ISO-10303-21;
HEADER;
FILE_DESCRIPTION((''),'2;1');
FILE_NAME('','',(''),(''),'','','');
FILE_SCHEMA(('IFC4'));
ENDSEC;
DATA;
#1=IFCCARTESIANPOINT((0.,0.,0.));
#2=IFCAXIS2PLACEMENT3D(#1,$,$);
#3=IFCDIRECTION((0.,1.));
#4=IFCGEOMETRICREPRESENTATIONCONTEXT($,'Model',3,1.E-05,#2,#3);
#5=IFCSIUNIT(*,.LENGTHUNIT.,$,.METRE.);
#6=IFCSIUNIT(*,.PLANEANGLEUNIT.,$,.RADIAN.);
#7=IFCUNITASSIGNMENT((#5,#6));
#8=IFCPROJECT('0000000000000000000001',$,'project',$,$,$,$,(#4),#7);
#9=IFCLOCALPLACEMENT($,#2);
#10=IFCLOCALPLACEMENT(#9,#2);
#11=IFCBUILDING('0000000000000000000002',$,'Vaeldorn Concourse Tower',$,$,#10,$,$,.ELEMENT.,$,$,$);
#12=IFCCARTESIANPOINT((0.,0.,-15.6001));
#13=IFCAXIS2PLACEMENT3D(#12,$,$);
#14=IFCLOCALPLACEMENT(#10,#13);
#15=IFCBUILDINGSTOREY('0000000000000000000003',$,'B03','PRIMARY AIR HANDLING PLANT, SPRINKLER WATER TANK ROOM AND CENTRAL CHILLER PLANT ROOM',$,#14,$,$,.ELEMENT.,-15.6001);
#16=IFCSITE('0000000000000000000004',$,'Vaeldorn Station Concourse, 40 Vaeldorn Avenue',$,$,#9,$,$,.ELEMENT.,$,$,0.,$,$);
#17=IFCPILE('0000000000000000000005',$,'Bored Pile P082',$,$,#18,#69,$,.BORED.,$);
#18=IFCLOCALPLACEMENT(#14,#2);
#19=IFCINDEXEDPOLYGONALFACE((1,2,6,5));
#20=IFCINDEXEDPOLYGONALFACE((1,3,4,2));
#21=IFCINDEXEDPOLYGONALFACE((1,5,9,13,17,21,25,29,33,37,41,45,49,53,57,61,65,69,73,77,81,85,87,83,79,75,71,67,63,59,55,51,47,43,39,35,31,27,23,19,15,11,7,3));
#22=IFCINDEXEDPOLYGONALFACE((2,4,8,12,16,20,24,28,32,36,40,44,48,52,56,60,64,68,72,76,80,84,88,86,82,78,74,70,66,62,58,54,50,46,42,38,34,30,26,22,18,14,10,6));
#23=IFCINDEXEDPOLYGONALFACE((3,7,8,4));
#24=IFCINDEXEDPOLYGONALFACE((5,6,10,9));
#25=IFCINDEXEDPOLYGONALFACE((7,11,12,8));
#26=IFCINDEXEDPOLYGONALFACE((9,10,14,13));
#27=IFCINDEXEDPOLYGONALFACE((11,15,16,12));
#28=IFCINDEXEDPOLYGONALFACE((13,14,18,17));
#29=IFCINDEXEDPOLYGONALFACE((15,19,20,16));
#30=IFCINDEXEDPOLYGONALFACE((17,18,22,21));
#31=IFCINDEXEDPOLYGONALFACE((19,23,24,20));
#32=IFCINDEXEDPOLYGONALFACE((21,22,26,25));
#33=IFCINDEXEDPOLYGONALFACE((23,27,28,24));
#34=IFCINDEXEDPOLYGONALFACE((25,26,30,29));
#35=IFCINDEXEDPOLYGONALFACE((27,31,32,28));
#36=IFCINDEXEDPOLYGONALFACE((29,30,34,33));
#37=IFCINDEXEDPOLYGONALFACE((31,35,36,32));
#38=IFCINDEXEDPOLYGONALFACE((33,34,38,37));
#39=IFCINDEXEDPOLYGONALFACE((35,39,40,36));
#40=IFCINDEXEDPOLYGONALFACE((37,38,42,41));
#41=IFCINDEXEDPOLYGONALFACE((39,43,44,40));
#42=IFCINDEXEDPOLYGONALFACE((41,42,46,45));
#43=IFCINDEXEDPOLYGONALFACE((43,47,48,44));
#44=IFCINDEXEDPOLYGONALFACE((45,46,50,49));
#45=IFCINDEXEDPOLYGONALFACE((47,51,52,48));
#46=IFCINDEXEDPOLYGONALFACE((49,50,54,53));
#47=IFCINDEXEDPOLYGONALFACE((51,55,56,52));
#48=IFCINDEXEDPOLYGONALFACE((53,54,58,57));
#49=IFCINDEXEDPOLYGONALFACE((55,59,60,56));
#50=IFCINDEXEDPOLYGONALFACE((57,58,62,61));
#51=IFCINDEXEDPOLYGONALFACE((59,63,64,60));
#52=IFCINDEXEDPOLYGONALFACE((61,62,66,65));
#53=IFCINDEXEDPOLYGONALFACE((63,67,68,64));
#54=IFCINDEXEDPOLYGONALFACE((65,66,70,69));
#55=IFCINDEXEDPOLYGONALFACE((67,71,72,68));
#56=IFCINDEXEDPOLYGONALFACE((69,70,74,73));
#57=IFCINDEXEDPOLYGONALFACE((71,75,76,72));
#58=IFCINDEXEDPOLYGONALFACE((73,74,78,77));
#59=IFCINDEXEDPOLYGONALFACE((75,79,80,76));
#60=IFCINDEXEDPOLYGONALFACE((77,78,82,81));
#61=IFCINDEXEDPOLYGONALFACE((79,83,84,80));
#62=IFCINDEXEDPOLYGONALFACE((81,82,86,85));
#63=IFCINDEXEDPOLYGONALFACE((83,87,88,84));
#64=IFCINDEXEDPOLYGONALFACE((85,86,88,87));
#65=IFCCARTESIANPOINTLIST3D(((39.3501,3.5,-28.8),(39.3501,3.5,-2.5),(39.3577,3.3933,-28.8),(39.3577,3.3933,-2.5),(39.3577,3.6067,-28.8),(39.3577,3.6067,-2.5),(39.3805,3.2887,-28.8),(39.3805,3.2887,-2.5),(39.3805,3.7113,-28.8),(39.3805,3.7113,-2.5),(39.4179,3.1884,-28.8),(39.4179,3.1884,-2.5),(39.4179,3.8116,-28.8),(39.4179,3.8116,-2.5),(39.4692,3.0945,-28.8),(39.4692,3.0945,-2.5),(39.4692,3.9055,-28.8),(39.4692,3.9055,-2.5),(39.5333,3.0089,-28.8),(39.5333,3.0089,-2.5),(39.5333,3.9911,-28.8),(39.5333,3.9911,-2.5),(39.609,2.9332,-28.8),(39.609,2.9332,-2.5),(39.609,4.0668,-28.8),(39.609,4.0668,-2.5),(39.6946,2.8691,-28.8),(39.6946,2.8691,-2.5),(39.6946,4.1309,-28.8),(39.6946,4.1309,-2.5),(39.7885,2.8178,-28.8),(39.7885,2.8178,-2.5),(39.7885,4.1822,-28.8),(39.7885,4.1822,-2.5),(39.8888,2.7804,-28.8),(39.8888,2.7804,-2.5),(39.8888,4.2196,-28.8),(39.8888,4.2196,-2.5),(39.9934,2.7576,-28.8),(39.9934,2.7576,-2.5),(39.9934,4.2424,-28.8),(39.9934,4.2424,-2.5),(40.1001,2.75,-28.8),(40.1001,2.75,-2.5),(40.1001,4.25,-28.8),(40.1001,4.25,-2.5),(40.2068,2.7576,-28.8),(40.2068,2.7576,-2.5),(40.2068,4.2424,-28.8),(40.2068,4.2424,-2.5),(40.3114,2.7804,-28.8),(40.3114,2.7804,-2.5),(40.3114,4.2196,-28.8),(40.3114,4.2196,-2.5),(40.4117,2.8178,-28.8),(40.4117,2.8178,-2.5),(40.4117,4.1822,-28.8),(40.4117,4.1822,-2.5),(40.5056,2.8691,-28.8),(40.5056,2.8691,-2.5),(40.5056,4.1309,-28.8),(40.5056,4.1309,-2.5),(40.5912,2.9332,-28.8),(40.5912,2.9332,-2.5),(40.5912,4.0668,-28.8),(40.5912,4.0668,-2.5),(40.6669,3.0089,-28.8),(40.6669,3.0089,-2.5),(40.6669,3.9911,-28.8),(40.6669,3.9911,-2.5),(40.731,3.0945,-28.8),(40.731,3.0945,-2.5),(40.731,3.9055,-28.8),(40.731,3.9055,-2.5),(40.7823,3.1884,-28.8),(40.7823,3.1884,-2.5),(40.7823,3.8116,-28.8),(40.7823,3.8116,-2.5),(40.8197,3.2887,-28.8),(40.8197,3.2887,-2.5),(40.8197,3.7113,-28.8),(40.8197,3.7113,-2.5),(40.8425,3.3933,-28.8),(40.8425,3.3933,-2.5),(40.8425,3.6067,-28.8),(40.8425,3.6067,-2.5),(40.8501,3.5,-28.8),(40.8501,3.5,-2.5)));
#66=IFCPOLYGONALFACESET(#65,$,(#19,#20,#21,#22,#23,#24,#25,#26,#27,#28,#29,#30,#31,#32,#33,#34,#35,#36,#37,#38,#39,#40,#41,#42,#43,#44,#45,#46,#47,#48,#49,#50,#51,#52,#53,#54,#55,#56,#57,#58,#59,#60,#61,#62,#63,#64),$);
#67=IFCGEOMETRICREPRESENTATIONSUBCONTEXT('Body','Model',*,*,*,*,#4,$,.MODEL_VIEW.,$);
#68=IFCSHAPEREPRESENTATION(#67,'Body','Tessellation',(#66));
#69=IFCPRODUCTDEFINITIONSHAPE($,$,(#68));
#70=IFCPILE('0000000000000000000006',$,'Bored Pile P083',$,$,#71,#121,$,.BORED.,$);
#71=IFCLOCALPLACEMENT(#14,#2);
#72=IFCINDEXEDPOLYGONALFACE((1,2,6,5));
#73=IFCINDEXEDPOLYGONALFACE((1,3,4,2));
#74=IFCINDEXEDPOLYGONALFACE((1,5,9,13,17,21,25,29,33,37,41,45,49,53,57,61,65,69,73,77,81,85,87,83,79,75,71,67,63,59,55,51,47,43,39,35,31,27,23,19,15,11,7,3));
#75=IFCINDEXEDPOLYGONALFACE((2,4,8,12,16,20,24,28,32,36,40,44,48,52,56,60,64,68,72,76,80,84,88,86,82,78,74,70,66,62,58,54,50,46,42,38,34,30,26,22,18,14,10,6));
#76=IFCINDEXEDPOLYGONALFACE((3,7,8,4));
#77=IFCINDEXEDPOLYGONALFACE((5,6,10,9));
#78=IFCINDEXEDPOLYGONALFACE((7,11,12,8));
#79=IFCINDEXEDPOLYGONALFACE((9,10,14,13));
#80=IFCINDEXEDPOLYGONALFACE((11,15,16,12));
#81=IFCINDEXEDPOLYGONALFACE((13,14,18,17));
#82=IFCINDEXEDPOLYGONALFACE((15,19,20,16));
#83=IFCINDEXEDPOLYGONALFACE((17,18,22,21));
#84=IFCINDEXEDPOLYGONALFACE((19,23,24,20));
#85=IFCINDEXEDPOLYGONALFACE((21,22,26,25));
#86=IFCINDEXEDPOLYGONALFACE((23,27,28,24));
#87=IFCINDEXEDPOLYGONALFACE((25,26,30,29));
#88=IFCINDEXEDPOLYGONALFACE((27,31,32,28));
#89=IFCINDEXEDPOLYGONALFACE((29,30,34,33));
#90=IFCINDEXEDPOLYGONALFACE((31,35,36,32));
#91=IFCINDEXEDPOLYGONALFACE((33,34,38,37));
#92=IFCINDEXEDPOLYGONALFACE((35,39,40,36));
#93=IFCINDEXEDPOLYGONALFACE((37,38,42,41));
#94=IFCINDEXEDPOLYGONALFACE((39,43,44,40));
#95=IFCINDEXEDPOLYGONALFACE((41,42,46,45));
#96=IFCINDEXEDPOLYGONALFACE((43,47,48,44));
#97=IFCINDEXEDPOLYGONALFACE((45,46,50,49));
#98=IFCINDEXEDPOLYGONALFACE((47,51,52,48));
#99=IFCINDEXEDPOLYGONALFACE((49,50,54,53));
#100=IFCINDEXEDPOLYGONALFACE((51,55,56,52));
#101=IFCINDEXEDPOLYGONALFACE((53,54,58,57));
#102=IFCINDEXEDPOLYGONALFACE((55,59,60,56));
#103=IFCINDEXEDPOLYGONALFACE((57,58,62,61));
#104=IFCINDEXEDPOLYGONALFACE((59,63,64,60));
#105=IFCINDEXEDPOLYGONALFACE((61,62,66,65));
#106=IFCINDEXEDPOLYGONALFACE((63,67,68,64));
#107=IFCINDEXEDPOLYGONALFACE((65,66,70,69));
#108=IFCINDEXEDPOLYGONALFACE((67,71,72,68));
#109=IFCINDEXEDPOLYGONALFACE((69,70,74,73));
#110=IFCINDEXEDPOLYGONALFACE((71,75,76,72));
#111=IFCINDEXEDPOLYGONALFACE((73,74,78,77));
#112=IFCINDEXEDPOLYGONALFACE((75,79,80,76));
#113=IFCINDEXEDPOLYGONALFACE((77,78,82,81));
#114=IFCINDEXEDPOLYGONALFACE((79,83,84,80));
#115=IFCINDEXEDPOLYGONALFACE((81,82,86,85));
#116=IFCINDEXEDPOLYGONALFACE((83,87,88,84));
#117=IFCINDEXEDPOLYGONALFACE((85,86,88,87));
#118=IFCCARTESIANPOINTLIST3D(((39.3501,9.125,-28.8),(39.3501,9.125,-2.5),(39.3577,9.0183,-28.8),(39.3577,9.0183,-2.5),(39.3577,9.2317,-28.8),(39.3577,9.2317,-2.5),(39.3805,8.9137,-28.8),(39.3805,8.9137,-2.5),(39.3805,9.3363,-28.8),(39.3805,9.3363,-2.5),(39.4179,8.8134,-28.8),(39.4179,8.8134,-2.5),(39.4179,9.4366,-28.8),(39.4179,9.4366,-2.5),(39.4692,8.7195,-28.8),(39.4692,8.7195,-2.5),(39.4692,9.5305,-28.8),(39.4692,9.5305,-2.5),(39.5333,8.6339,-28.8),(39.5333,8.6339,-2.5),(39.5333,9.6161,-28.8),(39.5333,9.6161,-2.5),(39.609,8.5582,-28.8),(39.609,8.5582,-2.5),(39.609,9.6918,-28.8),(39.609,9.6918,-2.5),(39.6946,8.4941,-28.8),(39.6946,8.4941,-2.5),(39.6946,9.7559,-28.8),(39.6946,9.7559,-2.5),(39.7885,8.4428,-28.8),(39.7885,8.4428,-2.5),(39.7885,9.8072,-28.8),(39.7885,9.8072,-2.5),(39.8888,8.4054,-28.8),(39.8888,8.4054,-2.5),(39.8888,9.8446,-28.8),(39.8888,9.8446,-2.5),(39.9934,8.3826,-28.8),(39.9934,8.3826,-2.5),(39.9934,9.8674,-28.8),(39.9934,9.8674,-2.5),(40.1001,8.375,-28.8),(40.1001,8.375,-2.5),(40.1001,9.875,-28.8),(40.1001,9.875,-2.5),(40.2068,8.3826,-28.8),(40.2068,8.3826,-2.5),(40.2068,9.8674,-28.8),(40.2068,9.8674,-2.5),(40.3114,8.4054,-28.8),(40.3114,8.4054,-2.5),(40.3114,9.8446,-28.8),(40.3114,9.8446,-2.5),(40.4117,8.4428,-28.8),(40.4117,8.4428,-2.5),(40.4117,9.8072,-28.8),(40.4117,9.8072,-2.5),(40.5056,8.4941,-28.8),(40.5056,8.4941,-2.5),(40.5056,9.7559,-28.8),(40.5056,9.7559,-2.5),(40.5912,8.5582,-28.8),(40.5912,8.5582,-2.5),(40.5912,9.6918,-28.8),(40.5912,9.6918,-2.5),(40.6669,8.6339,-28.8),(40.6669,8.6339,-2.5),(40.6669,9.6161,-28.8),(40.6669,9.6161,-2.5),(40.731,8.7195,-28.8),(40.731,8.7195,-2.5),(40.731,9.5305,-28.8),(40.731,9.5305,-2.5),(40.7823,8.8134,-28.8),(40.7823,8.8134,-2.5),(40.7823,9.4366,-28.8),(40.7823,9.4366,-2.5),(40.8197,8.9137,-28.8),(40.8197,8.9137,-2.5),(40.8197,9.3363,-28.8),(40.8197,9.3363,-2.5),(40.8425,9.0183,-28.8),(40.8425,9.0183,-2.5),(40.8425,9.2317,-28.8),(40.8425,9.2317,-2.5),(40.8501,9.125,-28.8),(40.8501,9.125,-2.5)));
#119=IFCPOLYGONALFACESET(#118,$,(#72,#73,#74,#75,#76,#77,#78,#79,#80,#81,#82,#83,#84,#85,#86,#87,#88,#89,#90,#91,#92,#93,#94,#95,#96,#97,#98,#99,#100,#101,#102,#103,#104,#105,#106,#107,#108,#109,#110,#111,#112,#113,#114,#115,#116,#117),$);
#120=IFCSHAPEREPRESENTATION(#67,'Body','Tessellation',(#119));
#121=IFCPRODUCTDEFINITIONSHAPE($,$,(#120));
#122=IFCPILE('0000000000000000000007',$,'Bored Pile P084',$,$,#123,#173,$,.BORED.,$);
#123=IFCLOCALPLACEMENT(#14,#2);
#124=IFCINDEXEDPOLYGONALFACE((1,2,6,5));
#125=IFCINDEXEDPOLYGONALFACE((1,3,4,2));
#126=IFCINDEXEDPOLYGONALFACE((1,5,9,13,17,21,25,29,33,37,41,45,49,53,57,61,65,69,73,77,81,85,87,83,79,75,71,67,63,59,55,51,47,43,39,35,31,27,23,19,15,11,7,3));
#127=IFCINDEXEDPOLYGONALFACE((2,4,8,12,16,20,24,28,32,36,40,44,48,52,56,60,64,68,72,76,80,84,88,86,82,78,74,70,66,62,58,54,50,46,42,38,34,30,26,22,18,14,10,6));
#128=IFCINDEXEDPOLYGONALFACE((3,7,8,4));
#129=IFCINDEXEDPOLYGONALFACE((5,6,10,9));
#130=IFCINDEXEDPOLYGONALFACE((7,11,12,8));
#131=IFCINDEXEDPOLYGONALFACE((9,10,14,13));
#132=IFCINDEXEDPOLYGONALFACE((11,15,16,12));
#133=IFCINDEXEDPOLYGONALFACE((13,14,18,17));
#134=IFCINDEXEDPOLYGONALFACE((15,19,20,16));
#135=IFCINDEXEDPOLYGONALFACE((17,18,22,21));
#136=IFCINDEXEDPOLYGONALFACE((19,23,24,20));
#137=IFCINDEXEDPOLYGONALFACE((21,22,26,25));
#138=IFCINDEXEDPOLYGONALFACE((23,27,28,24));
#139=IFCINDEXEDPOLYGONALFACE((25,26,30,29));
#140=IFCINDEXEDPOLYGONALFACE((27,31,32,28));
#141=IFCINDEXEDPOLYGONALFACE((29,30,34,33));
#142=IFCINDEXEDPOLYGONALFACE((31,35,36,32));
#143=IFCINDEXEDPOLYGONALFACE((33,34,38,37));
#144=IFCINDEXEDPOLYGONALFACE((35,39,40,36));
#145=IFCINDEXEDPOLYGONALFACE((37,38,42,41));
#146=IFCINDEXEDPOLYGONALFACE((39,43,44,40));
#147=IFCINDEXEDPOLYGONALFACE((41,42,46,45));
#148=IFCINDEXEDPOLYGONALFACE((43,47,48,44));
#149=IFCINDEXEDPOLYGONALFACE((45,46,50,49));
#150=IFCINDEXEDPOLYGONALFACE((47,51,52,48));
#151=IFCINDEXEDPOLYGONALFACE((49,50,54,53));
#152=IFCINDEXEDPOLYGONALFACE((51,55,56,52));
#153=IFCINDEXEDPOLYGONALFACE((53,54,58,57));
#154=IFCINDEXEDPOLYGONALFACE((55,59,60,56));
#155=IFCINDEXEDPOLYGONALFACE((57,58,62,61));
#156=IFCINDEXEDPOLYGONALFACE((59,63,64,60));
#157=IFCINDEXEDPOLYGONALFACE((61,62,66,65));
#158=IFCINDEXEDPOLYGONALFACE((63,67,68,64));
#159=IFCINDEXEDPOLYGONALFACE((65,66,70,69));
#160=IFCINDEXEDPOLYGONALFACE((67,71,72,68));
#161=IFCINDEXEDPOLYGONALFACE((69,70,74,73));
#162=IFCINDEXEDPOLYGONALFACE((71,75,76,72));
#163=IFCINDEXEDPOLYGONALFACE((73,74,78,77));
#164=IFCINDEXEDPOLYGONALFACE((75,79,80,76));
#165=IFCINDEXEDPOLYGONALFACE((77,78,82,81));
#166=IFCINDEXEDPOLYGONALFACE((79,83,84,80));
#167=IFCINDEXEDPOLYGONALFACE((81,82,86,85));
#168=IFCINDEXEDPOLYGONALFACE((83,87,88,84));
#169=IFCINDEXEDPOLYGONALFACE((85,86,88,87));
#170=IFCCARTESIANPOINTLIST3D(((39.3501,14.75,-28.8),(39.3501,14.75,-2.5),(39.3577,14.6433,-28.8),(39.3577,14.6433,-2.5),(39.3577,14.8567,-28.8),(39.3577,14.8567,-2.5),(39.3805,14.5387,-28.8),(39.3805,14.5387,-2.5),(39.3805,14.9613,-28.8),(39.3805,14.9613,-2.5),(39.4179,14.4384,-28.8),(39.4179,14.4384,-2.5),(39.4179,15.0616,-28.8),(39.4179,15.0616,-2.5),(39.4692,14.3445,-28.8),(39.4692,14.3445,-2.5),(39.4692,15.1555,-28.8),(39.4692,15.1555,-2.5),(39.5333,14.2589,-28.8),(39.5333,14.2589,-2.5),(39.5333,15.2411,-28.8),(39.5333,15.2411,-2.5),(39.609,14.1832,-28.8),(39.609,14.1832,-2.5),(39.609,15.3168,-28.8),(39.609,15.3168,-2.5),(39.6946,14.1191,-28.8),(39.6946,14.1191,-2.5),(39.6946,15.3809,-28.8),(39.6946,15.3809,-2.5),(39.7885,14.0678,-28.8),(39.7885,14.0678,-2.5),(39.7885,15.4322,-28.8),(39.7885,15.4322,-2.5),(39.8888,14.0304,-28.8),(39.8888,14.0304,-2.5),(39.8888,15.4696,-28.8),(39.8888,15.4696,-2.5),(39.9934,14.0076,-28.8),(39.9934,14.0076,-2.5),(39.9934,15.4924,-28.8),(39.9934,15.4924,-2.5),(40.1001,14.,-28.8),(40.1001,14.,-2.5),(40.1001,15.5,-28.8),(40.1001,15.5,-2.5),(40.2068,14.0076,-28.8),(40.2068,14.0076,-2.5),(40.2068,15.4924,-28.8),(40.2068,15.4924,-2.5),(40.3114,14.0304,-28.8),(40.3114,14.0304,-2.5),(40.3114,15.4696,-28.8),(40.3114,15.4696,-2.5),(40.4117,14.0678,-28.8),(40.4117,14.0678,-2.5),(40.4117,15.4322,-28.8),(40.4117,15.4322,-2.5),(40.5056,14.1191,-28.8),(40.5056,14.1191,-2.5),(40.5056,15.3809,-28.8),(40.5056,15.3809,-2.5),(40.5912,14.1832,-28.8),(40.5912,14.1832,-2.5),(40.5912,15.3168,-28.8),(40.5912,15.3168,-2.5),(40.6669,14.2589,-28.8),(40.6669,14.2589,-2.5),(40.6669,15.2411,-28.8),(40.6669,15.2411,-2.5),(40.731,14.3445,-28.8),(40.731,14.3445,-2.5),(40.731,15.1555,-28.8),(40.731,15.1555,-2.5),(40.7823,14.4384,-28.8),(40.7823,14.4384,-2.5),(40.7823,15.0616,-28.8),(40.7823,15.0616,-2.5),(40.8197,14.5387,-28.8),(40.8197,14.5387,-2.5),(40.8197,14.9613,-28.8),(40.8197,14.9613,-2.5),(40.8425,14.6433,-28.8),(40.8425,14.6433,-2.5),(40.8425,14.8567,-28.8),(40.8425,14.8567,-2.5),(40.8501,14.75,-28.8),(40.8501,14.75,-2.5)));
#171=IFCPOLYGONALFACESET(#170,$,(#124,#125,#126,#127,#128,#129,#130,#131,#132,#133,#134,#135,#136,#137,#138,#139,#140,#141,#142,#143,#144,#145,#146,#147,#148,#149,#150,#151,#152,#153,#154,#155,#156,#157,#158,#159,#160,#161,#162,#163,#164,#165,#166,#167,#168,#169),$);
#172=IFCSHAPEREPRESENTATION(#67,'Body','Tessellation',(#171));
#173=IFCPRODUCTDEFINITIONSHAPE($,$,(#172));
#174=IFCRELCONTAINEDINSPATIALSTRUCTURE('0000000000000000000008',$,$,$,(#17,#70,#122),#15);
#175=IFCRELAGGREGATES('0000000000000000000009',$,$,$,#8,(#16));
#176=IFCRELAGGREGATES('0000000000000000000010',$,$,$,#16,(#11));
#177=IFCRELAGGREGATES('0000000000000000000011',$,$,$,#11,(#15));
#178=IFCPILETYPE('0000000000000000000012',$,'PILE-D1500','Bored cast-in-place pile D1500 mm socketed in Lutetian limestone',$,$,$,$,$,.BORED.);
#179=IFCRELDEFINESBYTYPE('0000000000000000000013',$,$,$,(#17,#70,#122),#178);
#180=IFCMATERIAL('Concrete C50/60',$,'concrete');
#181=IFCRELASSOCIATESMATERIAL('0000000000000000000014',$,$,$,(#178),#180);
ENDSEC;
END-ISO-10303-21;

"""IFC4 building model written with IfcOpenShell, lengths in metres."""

from ifc_helpers import new_model, si_unit, direction, frame, origin, origin_2d, place, context, subcontext, project, spatial, circle, extrude, material, material_profile, profile_set, type_object, element, save


model = new_model("IFC4")

# Units and contexts
model_context = context("Model", 3, precision=1e-05, world=origin(), true_north=direction((0.0, 1.0)))
body_context = subcontext(model_context, "Body", "Model", "MODEL_VIEW")
ifc_project = project(units=[si_unit("LENGTHUNIT", "METRE"), si_unit("PLANEANGLEUNIT", "RADIAN")], contexts=[model_context])

# Site, building, storey
site_placement = place(None, origin())
site = spatial("IfcSite", under=ifc_project, at=site_placement, Name="Vaeldorn Station Concourse, 40 Vaeldorn Avenue", CompositionType="ELEMENT", RefElevation=0.0)
building_placement = place(site_placement, origin())
building = spatial("IfcBuilding", under=site, at=building_placement, Name="Vaeldorn Concourse Tower", CompositionType="ELEMENT")
storey_placement = place(building_placement, frame((0.0, 0.0, -15.6001)))
storey = spatial("IfcBuildingStorey", under=building, at=storey_placement, Name="B03", Description="PRIMARY AIR HANDLING PLANT, SPRINKLER WATER TANK ROOM AND CENTRAL CHILLER PLANT ROOM", CompositionType="ELEMENT", Elevation=-15.6001)

# Piles
ifc_material_1 = material(Name="Concrete C50/60", Category="concrete")
ifc_material_profile_1 = material_profile(ifc_material_1, circle(Radius=0.75, at=origin_2d()), Name="BORED PILE D1500")
ifc_profile_set_1 = profile_set([ifc_material_profile_1], Name="Concrete C50/60")
pile_type = type_object("IfcPileType", Name="PILE-D1500", Description="Bored cast-in-place pile D1500 mm socketed in Lutetian limestone", PredefinedType="BORED", material=ifc_profile_set_1)
for number, where, z_axis, x_axis, name in (
    (1, (40.1001, 3.5, -2.5), (0.0, 0.0, -1.0), (1.0, 0.0, 0.0), "Bored Pile P082"),
    (2, (40.1001, 9.125, -2.5), (0.0, 0.0, -1.0), (1.0, 0.0, 0.0), "Bored Pile P083"),
    (3, (40.1001, 14.75, -2.5), (0.0, 0.0, -1.0), (1.0, 0.0, 0.0), "Bored Pile P084"),
):
    element("IfcPile", number, at=place(storey_placement, frame(where, z_axis=z_axis, x_axis=x_axis)), inside=storey, type_object=pile_type, Name=name, PredefinedType="BORED", context=body_context, shape_type="SweptSolid", body=[
        extrude(circle(Radius=0.75, at=origin_2d()), origin(), (0.0, 0.0, 1.0), 26.3),
    ])

save(model, "model.ifc")
